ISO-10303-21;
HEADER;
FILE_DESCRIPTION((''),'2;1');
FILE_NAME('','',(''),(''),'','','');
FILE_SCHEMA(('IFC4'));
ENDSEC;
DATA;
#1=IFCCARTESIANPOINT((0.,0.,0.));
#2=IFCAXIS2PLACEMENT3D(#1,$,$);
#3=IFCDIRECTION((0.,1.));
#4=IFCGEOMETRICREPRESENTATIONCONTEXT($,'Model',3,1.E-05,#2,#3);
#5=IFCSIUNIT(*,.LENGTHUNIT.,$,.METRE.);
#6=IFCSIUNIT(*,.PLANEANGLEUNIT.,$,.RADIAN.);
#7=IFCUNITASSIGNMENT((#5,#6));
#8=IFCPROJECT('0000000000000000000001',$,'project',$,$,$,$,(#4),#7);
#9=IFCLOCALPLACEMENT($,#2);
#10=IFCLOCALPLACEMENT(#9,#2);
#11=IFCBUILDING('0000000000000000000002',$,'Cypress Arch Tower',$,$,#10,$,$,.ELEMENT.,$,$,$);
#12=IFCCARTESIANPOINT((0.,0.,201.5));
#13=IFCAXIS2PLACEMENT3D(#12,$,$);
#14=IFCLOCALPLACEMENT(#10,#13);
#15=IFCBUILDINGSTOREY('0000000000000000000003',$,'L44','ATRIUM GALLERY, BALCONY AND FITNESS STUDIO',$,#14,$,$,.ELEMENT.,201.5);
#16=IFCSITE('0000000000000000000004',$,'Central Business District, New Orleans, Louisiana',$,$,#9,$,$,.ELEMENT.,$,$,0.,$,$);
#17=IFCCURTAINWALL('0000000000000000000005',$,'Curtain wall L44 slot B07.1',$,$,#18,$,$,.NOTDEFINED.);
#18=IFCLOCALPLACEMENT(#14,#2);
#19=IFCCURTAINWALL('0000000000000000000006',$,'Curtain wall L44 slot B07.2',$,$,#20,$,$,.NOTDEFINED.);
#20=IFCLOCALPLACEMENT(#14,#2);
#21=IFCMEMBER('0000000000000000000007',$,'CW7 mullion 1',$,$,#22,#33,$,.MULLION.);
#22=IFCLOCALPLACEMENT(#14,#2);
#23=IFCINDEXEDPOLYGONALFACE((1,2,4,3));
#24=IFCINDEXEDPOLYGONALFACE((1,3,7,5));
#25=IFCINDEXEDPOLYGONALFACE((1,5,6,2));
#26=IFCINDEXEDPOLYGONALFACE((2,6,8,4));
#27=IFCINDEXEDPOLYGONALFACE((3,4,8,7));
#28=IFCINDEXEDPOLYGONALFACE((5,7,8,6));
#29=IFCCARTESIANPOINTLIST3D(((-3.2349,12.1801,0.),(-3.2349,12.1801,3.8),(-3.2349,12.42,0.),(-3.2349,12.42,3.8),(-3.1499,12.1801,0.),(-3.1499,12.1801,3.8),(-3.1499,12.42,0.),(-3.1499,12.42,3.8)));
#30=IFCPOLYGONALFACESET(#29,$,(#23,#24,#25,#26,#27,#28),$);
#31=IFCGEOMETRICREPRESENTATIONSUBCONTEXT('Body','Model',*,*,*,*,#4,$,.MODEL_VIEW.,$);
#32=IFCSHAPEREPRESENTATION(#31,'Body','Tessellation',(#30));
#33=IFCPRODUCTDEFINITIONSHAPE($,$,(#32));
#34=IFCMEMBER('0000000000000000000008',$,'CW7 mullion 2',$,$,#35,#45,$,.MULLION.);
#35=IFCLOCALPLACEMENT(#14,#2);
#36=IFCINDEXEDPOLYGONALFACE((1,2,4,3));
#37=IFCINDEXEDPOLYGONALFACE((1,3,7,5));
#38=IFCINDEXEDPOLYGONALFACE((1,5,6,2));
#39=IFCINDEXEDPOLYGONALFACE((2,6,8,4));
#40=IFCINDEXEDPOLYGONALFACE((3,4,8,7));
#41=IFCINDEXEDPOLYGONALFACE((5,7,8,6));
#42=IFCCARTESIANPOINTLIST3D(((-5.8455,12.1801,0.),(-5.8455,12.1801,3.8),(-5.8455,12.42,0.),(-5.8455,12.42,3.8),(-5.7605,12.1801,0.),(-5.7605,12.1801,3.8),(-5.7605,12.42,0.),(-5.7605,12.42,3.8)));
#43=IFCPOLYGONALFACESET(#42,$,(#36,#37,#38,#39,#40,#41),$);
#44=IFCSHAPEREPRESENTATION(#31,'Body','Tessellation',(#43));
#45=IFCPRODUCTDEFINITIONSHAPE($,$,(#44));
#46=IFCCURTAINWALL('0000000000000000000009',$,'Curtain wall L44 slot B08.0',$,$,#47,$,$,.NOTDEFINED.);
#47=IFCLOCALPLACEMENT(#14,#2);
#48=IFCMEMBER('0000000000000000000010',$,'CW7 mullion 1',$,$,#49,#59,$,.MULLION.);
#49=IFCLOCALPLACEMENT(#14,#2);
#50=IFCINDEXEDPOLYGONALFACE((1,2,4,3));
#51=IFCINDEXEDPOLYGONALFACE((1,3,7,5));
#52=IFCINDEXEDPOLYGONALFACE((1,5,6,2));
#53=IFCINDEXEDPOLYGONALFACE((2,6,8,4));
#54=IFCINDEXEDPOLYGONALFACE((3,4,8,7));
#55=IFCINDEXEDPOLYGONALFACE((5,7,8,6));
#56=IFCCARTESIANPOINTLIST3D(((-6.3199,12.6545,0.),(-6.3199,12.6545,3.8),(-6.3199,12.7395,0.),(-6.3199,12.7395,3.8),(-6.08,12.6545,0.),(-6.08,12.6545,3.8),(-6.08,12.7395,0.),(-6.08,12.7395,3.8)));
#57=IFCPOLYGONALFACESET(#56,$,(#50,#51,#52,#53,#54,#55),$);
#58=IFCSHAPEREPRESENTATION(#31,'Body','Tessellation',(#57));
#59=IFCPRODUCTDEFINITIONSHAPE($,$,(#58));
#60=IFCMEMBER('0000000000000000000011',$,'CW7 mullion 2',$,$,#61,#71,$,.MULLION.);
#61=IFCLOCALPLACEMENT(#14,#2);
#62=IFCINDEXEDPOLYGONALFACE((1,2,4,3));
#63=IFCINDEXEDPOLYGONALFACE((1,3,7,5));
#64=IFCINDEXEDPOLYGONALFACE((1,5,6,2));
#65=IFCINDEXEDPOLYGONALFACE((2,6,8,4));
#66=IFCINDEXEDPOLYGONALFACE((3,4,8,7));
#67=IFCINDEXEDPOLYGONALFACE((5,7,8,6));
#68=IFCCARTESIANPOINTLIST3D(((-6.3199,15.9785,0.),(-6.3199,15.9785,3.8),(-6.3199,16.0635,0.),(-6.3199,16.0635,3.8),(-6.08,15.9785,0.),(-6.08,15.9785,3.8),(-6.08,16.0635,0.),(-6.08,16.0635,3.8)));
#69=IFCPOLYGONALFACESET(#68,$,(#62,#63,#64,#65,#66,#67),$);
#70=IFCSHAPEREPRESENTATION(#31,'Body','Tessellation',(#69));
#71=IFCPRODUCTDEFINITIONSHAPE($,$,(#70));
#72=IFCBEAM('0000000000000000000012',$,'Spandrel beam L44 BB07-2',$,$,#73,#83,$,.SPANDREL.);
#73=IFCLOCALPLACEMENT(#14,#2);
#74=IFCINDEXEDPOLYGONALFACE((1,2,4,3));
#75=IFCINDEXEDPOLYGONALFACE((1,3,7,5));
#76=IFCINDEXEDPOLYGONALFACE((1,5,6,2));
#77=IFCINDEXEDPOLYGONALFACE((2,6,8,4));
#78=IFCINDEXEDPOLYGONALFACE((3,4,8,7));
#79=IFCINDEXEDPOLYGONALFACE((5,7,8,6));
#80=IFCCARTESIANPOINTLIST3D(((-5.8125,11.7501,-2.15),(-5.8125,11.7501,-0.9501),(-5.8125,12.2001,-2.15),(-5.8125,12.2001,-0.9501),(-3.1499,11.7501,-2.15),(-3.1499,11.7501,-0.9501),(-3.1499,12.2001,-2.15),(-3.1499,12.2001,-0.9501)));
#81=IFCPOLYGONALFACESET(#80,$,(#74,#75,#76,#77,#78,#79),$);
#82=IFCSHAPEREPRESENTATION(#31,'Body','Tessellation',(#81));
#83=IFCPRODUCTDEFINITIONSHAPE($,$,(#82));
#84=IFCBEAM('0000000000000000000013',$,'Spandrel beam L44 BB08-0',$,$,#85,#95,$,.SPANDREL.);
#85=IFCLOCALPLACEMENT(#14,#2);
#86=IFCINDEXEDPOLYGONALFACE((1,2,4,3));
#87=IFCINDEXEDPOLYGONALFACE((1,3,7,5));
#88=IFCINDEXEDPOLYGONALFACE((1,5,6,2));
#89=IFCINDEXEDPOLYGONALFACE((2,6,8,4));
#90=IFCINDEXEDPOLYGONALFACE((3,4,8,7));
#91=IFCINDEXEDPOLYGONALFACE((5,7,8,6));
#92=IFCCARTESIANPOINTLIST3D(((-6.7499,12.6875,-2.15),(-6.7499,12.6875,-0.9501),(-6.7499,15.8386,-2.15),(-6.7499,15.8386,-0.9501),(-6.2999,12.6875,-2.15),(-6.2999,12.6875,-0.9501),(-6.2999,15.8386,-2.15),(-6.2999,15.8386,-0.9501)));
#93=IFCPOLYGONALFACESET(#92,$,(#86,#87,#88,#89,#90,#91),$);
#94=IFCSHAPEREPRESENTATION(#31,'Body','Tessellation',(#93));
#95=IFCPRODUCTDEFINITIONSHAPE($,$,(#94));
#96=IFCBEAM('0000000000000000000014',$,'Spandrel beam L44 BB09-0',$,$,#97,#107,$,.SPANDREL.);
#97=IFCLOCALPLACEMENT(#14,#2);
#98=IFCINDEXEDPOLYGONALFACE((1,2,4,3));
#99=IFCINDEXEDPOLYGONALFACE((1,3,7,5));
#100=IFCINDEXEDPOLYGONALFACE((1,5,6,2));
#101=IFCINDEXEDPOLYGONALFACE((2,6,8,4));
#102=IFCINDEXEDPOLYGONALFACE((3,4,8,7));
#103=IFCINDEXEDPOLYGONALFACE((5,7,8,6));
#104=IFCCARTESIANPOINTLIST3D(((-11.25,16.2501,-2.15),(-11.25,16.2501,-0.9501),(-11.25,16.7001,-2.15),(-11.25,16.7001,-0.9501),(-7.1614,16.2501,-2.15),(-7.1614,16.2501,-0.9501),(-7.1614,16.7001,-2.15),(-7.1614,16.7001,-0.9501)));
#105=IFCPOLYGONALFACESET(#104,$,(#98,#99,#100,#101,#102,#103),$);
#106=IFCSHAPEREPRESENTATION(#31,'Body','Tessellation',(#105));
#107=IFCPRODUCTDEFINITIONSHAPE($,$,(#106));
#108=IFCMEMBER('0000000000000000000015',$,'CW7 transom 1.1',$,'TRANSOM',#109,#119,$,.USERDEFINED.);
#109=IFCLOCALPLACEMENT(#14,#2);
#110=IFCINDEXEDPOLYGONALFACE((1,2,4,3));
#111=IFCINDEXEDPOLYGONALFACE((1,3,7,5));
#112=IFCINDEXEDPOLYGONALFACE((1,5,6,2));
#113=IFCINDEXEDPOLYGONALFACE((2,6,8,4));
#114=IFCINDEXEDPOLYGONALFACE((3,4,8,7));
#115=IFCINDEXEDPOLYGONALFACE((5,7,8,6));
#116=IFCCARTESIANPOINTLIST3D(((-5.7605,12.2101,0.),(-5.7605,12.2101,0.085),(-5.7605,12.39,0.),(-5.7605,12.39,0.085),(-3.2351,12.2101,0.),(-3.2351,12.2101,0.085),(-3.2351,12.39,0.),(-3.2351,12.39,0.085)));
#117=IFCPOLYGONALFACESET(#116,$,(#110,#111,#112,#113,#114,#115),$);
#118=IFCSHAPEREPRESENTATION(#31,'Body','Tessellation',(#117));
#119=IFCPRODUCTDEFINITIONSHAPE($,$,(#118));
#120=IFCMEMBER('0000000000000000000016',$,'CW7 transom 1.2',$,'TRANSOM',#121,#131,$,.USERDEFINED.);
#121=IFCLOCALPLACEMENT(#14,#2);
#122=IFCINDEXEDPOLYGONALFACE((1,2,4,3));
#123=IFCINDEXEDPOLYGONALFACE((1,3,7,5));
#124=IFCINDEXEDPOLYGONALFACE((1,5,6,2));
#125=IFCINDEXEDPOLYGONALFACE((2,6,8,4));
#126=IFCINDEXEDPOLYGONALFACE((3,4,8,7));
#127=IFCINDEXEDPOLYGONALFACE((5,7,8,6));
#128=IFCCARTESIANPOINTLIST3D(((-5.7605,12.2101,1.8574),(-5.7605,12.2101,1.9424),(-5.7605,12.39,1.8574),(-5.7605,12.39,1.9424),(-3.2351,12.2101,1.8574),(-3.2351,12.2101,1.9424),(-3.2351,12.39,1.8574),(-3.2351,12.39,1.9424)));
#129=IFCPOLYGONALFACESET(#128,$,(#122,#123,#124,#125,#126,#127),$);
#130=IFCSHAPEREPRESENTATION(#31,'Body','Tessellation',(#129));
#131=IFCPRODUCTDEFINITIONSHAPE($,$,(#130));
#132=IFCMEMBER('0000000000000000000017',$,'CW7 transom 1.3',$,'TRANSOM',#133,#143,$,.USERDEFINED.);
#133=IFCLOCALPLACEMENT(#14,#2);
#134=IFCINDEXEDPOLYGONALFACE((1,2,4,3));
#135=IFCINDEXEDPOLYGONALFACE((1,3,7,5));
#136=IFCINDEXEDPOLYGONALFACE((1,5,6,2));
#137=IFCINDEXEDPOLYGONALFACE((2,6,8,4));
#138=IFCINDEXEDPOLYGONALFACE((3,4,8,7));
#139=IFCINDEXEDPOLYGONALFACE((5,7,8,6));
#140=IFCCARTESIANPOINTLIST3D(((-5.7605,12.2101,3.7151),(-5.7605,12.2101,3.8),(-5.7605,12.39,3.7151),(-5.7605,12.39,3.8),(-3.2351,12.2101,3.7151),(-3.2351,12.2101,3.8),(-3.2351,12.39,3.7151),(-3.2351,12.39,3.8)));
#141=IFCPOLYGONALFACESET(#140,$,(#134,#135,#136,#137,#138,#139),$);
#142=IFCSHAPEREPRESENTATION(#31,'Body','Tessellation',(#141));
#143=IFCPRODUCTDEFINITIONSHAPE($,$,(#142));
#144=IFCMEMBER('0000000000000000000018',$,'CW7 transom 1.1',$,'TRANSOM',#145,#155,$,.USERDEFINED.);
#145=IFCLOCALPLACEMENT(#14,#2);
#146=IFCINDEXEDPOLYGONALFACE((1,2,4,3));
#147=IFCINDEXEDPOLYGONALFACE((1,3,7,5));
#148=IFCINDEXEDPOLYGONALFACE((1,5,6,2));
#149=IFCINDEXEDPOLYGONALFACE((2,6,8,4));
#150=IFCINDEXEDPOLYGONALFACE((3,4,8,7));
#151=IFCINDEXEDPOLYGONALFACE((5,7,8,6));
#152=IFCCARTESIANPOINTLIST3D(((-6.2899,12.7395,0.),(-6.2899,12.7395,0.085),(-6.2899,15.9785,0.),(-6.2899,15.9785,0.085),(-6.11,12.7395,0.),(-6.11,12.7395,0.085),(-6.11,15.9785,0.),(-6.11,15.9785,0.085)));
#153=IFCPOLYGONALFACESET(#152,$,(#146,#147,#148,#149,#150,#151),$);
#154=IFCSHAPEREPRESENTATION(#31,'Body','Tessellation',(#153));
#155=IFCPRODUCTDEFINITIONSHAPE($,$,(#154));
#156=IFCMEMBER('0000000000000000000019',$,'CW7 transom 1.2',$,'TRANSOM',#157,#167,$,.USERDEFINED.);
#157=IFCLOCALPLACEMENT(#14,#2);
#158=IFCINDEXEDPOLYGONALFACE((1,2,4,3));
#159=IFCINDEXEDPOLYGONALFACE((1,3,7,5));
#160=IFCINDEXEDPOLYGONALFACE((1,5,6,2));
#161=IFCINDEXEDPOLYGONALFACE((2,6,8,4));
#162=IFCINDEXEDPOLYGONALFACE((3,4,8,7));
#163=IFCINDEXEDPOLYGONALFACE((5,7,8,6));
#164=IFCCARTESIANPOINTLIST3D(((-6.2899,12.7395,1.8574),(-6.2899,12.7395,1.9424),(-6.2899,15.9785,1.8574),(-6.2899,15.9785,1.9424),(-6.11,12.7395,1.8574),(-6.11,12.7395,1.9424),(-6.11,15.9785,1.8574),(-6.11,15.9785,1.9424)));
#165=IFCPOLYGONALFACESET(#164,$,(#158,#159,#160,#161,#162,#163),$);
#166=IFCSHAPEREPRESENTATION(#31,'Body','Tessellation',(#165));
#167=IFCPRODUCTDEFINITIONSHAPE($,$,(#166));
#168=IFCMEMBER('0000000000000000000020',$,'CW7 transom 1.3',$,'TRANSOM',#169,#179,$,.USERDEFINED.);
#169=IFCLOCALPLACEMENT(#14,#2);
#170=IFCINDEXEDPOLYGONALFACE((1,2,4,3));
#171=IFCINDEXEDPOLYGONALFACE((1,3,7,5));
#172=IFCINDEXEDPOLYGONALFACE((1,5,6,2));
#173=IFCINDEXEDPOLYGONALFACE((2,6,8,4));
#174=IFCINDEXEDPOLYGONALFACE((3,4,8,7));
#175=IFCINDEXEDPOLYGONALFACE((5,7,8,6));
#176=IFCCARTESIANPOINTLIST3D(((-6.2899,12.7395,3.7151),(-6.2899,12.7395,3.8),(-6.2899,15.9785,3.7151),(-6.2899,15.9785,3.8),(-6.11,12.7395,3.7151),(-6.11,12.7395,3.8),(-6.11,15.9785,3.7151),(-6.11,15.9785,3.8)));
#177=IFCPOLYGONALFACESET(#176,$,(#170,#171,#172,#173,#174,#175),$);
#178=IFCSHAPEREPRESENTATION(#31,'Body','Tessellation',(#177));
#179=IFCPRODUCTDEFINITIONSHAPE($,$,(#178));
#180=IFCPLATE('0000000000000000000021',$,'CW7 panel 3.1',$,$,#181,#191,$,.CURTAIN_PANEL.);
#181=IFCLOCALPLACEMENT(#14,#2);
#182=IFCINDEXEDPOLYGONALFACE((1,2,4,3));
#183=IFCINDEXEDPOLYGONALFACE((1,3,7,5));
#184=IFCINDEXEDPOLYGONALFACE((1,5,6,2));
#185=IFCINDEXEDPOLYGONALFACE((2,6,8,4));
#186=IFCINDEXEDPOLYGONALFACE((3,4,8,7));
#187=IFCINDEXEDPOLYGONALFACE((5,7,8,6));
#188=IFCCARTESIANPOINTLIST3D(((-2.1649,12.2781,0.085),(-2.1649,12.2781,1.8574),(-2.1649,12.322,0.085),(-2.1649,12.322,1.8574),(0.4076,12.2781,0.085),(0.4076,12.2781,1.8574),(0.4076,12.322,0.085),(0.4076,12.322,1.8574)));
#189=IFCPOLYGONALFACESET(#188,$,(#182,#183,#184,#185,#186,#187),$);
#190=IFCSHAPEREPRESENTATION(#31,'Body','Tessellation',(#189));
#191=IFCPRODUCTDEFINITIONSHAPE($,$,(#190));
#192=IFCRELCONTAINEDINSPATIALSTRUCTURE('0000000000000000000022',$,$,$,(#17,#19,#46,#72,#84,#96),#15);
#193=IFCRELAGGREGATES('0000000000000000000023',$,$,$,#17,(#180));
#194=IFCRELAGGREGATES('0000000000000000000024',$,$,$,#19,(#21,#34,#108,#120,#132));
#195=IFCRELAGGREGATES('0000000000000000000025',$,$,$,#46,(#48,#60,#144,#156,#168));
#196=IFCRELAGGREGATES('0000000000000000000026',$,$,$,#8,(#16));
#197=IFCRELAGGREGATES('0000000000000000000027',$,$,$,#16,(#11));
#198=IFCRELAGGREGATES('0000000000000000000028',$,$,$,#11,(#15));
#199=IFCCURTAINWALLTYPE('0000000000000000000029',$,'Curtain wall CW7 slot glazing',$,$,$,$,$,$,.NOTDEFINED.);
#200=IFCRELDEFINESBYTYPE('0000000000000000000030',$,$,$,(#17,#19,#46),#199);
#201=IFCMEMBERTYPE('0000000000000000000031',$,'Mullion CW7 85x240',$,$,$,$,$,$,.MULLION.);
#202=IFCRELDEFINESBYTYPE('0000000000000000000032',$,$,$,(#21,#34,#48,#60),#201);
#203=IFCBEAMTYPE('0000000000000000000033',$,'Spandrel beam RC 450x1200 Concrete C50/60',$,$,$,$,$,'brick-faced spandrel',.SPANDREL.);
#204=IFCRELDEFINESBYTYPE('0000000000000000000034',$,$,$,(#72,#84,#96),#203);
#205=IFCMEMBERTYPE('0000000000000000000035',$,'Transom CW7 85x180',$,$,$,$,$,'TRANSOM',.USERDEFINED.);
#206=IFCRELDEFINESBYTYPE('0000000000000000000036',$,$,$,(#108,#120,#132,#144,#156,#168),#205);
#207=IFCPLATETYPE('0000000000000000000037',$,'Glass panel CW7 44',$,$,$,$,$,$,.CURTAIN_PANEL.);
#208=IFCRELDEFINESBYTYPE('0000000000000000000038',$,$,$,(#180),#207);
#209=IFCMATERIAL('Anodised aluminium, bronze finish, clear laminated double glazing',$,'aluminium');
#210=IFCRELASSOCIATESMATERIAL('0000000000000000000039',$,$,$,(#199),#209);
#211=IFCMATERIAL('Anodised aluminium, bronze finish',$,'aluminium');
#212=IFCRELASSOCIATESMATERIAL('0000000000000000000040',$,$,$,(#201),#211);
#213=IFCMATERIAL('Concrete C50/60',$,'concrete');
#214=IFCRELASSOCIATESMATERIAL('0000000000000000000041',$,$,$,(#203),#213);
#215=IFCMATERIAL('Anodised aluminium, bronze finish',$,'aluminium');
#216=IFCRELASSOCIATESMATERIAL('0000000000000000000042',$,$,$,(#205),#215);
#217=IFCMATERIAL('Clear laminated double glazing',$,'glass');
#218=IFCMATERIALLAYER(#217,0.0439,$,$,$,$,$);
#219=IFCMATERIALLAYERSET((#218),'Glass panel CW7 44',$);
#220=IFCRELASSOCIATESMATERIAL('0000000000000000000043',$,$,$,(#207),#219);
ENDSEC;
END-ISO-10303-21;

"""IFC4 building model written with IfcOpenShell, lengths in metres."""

from ifc_helpers import new_model, si_unit, direction, frame, origin, origin_2d, place, context, subcontext, project, spatial, rectangle, extrude, material, layer, layer_set, material_profile, profile_set, type_object, element, aggregate, save


model = new_model("IFC4")

# Units and contexts
model_context = context("Model", 3, precision=1e-05, world=origin(), true_north=direction((0.0, 1.0)))
body_context = subcontext(model_context, "Body", "Model", "MODEL_VIEW")
ifc_project = project(units=[si_unit("LENGTHUNIT", "METRE"), si_unit("PLANEANGLEUNIT", "RADIAN")], contexts=[model_context])

# Site, building, storey
site_placement = place(None, origin())
site = spatial("IfcSite", under=ifc_project, at=site_placement, Name="Central Business District, New Orleans, Louisiana", CompositionType="ELEMENT", RefElevation=0.0)
building_placement = place(site_placement, origin())
building = spatial("IfcBuilding", under=site, at=building_placement, Name="Cypress Arch Tower", CompositionType="ELEMENT")
storey_placement = place(building_placement, frame((0.0, 0.0, 201.5)))
storey = spatial("IfcBuildingStorey", under=building, at=storey_placement, Name="L44", Description="ATRIUM GALLERY, BALCONY AND FITNESS STUDIO", CompositionType="ELEMENT", Elevation=201.5)

# Curtain wall
ifc_material_1 = material(Name="Anodised aluminium, bronze finish, clear laminated double glazing", Category="aluminium")
curtain_wall_type = type_object("IfcCurtainWallType", Name="Curtain wall CW7 slot glazing", PredefinedType="NOTDEFINED", material=ifc_material_1)
curtain_wall_1_placement = place(storey_placement, origin())
curtain_wall_1 = element("IfcCurtainWall", 1, at=curtain_wall_1_placement, inside=storey, type_object=curtain_wall_type, Name="Curtain wall L44 slot B07.1", PredefinedType="NOTDEFINED")
ifc_material_2 = material(Name="Anodised aluminium, bronze finish", Category="aluminium")
ifc_material_profile_1 = material_profile(ifc_material_2, rectangle(XDim=0.24, YDim=0.085, at=origin_2d()), Name="Mullion 85x240")
ifc_profile_set_1 = profile_set([ifc_material_profile_1], Name="Anodised aluminium, bronze finish")
member_type_1 = type_object("IfcMemberType", Name="Mullion CW7 85x240", PredefinedType="MULLION", material=ifc_profile_set_1)

# Curtain walls, members
curtain_wall_2_placement = place(storey_placement, origin())
curtain_wall_2 = element("IfcCurtainWall", 2, at=curtain_wall_2_placement, inside=storey, type_object=curtain_wall_type, Name="Curtain wall L44 slot B07.2", PredefinedType="NOTDEFINED")
member_1_placement = place(storey_placement, frame((-3.1924, 12.3, 0.0), z_axis=(0.0, 0.0, 1.0), x_axis=(0.0, -1.0, 0.0)))
member_1 = element("IfcMember", 3, at=member_1_placement, type_object=member_type_1, Name="CW7 mullion 1", PredefinedType="MULLION", context=body_context, shape_type="SweptSolid", body=[
    extrude(rectangle(XDim=0.24, YDim=0.085, at=origin_2d()), origin(), (0.0, 0.0, 1.0), 3.8),
])
member_2_placement = place(storey_placement, frame((-5.803, 12.3, 0.0), z_axis=(0.0, 0.0, 1.0), x_axis=(0.0, -1.0, 0.0)))
member_2 = element("IfcMember", 4, at=member_2_placement, type_object=member_type_1, Name="CW7 mullion 2", PredefinedType="MULLION", context=body_context, shape_type="SweptSolid", body=[
    extrude(rectangle(XDim=0.24, YDim=0.085, at=origin_2d()), origin(), (0.0, 0.0, 1.0), 3.8),
])
curtain_wall_3_placement = place(storey_placement, origin())
curtain_wall_3 = element("IfcCurtainWall", 5, at=curtain_wall_3_placement, inside=storey, type_object=curtain_wall_type, Name="Curtain wall L44 slot B08.0", PredefinedType="NOTDEFINED")
member_3_placement = place(storey_placement, frame((-6.2, 12.697, 0.0), z_axis=(0.0, 0.0, 1.0), x_axis=(-1.0, 0.0, 0.0)))
member_3 = element("IfcMember", 6, at=member_3_placement, type_object=member_type_1, Name="CW7 mullion 1", PredefinedType="MULLION", context=body_context, shape_type="SweptSolid", body=[
    extrude(rectangle(XDim=0.24, YDim=0.085, at=origin_2d()), origin(), (0.0, 0.0, 1.0), 3.8),
])
member_4_placement = place(storey_placement, frame((-6.2, 16.021, 0.0), z_axis=(0.0, 0.0, 1.0), x_axis=(-1.0, 0.0, 0.0)))
member_4 = element("IfcMember", 7, at=member_4_placement, type_object=member_type_1, Name="CW7 mullion 2", PredefinedType="MULLION", context=body_context, shape_type="SweptSolid", body=[
    extrude(rectangle(XDim=0.24, YDim=0.085, at=origin_2d()), origin(), (0.0, 0.0, 1.0), 3.8),
])

# Beams
ifc_material_3 = material(Name="Concrete C50/60", Category="concrete")
ifc_material_profile_2 = material_profile(ifc_material_3, rectangle(XDim=0.45, YDim=1.2, at=origin_2d()), Name="RC 450x1200")
ifc_profile_set_2 = profile_set([ifc_material_profile_2], Name="Concrete C50/60")
beam_type_1 = type_object("IfcBeamType", Name="Spandrel beam RC 450x1200 Concrete C50/60", ElementType="brick-faced spandrel", PredefinedType="SPANDREL", material=ifc_profile_set_2)
beam_1_placement = place(storey_placement, frame((-3.1499, 11.9751, -1.55), z_axis=(-1.0, 0.0, 0.0), x_axis=(0.0, -1.0, 0.0)))
element("IfcBeam", 8, at=beam_1_placement, inside=storey, type_object=beam_type_1, Name="Spandrel beam L44 BB07-2", PredefinedType="SPANDREL", context=body_context, shape_type="SweptSolid", body=[
    extrude(rectangle(XDim=0.45, YDim=1.2, at=origin_2d()), origin(), (0.0, 0.0, 1.0), 2.6626),
])
beam_2_placement = place(storey_placement, frame((-6.5249, 12.6875, -1.55), z_axis=(0.0, 1.0, 0.0), x_axis=(-1.0, 0.0, 0.0)))
element("IfcBeam", 9, at=beam_2_placement, inside=storey, type_object=beam_type_1, Name="Spandrel beam L44 BB08-0", PredefinedType="SPANDREL", context=body_context, shape_type="SweptSolid", body=[
    extrude(rectangle(XDim=0.45, YDim=1.2, at=origin_2d()), origin(), (0.0, 0.0, 1.0), 3.1511),
])
beam_3_placement = place(storey_placement, frame((-7.1614, 16.4751, -1.55), z_axis=(-1.0, 0.0, 0.0), x_axis=(0.0, -1.0, 0.0)))
element("IfcBeam", 10, at=beam_3_placement, inside=storey, type_object=beam_type_1, Name="Spandrel beam L44 BB09-0", PredefinedType="SPANDREL", context=body_context, shape_type="SweptSolid", body=[
    extrude(rectangle(XDim=0.45, YDim=1.2, at=origin_2d()), origin(), (0.0, 0.0, 1.0), 4.0886),
])

# Members
ifc_material_4 = material(Name="Anodised aluminium, bronze finish", Category="aluminium")
ifc_material_profile_3 = material_profile(ifc_material_4, rectangle(XDim=0.1799, YDim=0.085, at=origin_2d()), Name="Transom 85x180")
ifc_profile_set_3 = profile_set([ifc_material_profile_3], Name="Anodised aluminium, bronze finish")
member_type_2 = type_object("IfcMemberType", Name="Transom CW7 85x180", ElementType="TRANSOM", PredefinedType="USERDEFINED", material=ifc_profile_set_3)
member_5_placement = place(storey_placement, frame((-3.2351, 12.3, 0.0425), z_axis=(-1.0, 0.0, 0.0), x_axis=(0.0, -1.0, 0.0)))
member_5 = element("IfcMember", 11, at=member_5_placement, type_object=member_type_2, Name="CW7 transom 1.1", ObjectType="TRANSOM", PredefinedType="USERDEFINED", context=body_context, shape_type="SweptSolid", body=[
    extrude(rectangle(XDim=0.1799, YDim=0.085, at=origin_2d()), origin(), (0.0, 0.0, 1.0), 2.5254),
])
member_6_placement = place(storey_placement, frame((-3.2351, 12.3, 1.8999), z_axis=(-1.0, 0.0, 0.0), x_axis=(0.0, -1.0, 0.0)))
member_6 = element("IfcMember", 12, at=member_6_placement, type_object=member_type_2, Name="CW7 transom 1.2", ObjectType="TRANSOM", PredefinedType="USERDEFINED", context=body_context, shape_type="SweptSolid", body=[
    extrude(rectangle(XDim=0.1799, YDim=0.085, at=origin_2d()), origin(), (0.0, 0.0, 1.0), 2.5254),
])
member_7_placement = place(storey_placement, frame((-3.2351, 12.3, 3.7576), z_axis=(-1.0, 0.0, 0.0), x_axis=(0.0, -1.0, 0.0)))
member_7 = element("IfcMember", 13, at=member_7_placement, type_object=member_type_2, Name="CW7 transom 1.3", ObjectType="TRANSOM", PredefinedType="USERDEFINED", context=body_context, shape_type="SweptSolid", body=[
    extrude(rectangle(XDim=0.1799, YDim=0.085, at=origin_2d()), origin(), (0.0, 0.0, 1.0), 2.5254),
])
member_8_placement = place(storey_placement, frame((-6.2, 12.7395, 0.0425), z_axis=(0.0, 1.0, 0.0), x_axis=(-1.0, 0.0, 0.0)))
member_8 = element("IfcMember", 14, at=member_8_placement, type_object=member_type_2, Name="CW7 transom 1.1", ObjectType="TRANSOM", PredefinedType="USERDEFINED", context=body_context, shape_type="SweptSolid", body=[
    extrude(rectangle(XDim=0.1799, YDim=0.085, at=origin_2d()), origin(), (0.0, 0.0, 1.0), 3.239),
])
member_9_placement = place(storey_placement, frame((-6.2, 12.7395, 1.8999), z_axis=(0.0, 1.0, 0.0), x_axis=(-1.0, 0.0, 0.0)))
member_9 = element("IfcMember", 15, at=member_9_placement, type_object=member_type_2, Name="CW7 transom 1.2", ObjectType="TRANSOM", PredefinedType="USERDEFINED", context=body_context, shape_type="SweptSolid", body=[
    extrude(rectangle(XDim=0.1799, YDim=0.085, at=origin_2d()), origin(), (0.0, 0.0, 1.0), 3.239),
])
member_10_placement = place(storey_placement, frame((-6.2, 12.7395, 3.7576), z_axis=(0.0, 1.0, 0.0), x_axis=(-1.0, 0.0, 0.0)))
member_10 = element("IfcMember", 16, at=member_10_placement, type_object=member_type_2, Name="CW7 transom 1.3", ObjectType="TRANSOM", PredefinedType="USERDEFINED", context=body_context, shape_type="SweptSolid", body=[
    extrude(rectangle(XDim=0.1799, YDim=0.085, at=origin_2d()), origin(), (0.0, 0.0, 1.0), 3.239),
])

# Plate
ifc_material_5 = material(Name="Clear laminated double glazing", Category="glass")
ifc_layer_1 = layer(ifc_material_5, 0.0439)
ifc_layer_set_1 = layer_set([ifc_layer_1], Name="Glass panel CW7 44")
plate_type = type_object("IfcPlateType", Name="Glass panel CW7 44", PredefinedType="CURTAIN_PANEL", material=ifc_layer_set_1)
plate_1_placement = place(storey_placement, frame((-0.8787, 12.3, 0.085), z_axis=(0.0, 0.0, 1.0), x_axis=(-1.0, 0.0, 0.0)))
plate_1 = element("IfcPlate", 17, at=plate_1_placement, type_object=plate_type, Name="CW7 panel 3.1", PredefinedType="CURTAIN_PANEL", context=body_context, shape_type="SweptSolid", body=[
    extrude(rectangle(XDim=2.5725, YDim=0.0439, at=origin_2d()), origin(), (0.0, 0.0, 1.0), 1.7725),
])
aggregate(curtain_wall_1, [plate_1])
aggregate(curtain_wall_2, [member_1, member_2, member_5, member_6, member_7])
aggregate(curtain_wall_3, [member_3, member_4, member_8, member_9, member_10])

save(model, "model.ifc")
